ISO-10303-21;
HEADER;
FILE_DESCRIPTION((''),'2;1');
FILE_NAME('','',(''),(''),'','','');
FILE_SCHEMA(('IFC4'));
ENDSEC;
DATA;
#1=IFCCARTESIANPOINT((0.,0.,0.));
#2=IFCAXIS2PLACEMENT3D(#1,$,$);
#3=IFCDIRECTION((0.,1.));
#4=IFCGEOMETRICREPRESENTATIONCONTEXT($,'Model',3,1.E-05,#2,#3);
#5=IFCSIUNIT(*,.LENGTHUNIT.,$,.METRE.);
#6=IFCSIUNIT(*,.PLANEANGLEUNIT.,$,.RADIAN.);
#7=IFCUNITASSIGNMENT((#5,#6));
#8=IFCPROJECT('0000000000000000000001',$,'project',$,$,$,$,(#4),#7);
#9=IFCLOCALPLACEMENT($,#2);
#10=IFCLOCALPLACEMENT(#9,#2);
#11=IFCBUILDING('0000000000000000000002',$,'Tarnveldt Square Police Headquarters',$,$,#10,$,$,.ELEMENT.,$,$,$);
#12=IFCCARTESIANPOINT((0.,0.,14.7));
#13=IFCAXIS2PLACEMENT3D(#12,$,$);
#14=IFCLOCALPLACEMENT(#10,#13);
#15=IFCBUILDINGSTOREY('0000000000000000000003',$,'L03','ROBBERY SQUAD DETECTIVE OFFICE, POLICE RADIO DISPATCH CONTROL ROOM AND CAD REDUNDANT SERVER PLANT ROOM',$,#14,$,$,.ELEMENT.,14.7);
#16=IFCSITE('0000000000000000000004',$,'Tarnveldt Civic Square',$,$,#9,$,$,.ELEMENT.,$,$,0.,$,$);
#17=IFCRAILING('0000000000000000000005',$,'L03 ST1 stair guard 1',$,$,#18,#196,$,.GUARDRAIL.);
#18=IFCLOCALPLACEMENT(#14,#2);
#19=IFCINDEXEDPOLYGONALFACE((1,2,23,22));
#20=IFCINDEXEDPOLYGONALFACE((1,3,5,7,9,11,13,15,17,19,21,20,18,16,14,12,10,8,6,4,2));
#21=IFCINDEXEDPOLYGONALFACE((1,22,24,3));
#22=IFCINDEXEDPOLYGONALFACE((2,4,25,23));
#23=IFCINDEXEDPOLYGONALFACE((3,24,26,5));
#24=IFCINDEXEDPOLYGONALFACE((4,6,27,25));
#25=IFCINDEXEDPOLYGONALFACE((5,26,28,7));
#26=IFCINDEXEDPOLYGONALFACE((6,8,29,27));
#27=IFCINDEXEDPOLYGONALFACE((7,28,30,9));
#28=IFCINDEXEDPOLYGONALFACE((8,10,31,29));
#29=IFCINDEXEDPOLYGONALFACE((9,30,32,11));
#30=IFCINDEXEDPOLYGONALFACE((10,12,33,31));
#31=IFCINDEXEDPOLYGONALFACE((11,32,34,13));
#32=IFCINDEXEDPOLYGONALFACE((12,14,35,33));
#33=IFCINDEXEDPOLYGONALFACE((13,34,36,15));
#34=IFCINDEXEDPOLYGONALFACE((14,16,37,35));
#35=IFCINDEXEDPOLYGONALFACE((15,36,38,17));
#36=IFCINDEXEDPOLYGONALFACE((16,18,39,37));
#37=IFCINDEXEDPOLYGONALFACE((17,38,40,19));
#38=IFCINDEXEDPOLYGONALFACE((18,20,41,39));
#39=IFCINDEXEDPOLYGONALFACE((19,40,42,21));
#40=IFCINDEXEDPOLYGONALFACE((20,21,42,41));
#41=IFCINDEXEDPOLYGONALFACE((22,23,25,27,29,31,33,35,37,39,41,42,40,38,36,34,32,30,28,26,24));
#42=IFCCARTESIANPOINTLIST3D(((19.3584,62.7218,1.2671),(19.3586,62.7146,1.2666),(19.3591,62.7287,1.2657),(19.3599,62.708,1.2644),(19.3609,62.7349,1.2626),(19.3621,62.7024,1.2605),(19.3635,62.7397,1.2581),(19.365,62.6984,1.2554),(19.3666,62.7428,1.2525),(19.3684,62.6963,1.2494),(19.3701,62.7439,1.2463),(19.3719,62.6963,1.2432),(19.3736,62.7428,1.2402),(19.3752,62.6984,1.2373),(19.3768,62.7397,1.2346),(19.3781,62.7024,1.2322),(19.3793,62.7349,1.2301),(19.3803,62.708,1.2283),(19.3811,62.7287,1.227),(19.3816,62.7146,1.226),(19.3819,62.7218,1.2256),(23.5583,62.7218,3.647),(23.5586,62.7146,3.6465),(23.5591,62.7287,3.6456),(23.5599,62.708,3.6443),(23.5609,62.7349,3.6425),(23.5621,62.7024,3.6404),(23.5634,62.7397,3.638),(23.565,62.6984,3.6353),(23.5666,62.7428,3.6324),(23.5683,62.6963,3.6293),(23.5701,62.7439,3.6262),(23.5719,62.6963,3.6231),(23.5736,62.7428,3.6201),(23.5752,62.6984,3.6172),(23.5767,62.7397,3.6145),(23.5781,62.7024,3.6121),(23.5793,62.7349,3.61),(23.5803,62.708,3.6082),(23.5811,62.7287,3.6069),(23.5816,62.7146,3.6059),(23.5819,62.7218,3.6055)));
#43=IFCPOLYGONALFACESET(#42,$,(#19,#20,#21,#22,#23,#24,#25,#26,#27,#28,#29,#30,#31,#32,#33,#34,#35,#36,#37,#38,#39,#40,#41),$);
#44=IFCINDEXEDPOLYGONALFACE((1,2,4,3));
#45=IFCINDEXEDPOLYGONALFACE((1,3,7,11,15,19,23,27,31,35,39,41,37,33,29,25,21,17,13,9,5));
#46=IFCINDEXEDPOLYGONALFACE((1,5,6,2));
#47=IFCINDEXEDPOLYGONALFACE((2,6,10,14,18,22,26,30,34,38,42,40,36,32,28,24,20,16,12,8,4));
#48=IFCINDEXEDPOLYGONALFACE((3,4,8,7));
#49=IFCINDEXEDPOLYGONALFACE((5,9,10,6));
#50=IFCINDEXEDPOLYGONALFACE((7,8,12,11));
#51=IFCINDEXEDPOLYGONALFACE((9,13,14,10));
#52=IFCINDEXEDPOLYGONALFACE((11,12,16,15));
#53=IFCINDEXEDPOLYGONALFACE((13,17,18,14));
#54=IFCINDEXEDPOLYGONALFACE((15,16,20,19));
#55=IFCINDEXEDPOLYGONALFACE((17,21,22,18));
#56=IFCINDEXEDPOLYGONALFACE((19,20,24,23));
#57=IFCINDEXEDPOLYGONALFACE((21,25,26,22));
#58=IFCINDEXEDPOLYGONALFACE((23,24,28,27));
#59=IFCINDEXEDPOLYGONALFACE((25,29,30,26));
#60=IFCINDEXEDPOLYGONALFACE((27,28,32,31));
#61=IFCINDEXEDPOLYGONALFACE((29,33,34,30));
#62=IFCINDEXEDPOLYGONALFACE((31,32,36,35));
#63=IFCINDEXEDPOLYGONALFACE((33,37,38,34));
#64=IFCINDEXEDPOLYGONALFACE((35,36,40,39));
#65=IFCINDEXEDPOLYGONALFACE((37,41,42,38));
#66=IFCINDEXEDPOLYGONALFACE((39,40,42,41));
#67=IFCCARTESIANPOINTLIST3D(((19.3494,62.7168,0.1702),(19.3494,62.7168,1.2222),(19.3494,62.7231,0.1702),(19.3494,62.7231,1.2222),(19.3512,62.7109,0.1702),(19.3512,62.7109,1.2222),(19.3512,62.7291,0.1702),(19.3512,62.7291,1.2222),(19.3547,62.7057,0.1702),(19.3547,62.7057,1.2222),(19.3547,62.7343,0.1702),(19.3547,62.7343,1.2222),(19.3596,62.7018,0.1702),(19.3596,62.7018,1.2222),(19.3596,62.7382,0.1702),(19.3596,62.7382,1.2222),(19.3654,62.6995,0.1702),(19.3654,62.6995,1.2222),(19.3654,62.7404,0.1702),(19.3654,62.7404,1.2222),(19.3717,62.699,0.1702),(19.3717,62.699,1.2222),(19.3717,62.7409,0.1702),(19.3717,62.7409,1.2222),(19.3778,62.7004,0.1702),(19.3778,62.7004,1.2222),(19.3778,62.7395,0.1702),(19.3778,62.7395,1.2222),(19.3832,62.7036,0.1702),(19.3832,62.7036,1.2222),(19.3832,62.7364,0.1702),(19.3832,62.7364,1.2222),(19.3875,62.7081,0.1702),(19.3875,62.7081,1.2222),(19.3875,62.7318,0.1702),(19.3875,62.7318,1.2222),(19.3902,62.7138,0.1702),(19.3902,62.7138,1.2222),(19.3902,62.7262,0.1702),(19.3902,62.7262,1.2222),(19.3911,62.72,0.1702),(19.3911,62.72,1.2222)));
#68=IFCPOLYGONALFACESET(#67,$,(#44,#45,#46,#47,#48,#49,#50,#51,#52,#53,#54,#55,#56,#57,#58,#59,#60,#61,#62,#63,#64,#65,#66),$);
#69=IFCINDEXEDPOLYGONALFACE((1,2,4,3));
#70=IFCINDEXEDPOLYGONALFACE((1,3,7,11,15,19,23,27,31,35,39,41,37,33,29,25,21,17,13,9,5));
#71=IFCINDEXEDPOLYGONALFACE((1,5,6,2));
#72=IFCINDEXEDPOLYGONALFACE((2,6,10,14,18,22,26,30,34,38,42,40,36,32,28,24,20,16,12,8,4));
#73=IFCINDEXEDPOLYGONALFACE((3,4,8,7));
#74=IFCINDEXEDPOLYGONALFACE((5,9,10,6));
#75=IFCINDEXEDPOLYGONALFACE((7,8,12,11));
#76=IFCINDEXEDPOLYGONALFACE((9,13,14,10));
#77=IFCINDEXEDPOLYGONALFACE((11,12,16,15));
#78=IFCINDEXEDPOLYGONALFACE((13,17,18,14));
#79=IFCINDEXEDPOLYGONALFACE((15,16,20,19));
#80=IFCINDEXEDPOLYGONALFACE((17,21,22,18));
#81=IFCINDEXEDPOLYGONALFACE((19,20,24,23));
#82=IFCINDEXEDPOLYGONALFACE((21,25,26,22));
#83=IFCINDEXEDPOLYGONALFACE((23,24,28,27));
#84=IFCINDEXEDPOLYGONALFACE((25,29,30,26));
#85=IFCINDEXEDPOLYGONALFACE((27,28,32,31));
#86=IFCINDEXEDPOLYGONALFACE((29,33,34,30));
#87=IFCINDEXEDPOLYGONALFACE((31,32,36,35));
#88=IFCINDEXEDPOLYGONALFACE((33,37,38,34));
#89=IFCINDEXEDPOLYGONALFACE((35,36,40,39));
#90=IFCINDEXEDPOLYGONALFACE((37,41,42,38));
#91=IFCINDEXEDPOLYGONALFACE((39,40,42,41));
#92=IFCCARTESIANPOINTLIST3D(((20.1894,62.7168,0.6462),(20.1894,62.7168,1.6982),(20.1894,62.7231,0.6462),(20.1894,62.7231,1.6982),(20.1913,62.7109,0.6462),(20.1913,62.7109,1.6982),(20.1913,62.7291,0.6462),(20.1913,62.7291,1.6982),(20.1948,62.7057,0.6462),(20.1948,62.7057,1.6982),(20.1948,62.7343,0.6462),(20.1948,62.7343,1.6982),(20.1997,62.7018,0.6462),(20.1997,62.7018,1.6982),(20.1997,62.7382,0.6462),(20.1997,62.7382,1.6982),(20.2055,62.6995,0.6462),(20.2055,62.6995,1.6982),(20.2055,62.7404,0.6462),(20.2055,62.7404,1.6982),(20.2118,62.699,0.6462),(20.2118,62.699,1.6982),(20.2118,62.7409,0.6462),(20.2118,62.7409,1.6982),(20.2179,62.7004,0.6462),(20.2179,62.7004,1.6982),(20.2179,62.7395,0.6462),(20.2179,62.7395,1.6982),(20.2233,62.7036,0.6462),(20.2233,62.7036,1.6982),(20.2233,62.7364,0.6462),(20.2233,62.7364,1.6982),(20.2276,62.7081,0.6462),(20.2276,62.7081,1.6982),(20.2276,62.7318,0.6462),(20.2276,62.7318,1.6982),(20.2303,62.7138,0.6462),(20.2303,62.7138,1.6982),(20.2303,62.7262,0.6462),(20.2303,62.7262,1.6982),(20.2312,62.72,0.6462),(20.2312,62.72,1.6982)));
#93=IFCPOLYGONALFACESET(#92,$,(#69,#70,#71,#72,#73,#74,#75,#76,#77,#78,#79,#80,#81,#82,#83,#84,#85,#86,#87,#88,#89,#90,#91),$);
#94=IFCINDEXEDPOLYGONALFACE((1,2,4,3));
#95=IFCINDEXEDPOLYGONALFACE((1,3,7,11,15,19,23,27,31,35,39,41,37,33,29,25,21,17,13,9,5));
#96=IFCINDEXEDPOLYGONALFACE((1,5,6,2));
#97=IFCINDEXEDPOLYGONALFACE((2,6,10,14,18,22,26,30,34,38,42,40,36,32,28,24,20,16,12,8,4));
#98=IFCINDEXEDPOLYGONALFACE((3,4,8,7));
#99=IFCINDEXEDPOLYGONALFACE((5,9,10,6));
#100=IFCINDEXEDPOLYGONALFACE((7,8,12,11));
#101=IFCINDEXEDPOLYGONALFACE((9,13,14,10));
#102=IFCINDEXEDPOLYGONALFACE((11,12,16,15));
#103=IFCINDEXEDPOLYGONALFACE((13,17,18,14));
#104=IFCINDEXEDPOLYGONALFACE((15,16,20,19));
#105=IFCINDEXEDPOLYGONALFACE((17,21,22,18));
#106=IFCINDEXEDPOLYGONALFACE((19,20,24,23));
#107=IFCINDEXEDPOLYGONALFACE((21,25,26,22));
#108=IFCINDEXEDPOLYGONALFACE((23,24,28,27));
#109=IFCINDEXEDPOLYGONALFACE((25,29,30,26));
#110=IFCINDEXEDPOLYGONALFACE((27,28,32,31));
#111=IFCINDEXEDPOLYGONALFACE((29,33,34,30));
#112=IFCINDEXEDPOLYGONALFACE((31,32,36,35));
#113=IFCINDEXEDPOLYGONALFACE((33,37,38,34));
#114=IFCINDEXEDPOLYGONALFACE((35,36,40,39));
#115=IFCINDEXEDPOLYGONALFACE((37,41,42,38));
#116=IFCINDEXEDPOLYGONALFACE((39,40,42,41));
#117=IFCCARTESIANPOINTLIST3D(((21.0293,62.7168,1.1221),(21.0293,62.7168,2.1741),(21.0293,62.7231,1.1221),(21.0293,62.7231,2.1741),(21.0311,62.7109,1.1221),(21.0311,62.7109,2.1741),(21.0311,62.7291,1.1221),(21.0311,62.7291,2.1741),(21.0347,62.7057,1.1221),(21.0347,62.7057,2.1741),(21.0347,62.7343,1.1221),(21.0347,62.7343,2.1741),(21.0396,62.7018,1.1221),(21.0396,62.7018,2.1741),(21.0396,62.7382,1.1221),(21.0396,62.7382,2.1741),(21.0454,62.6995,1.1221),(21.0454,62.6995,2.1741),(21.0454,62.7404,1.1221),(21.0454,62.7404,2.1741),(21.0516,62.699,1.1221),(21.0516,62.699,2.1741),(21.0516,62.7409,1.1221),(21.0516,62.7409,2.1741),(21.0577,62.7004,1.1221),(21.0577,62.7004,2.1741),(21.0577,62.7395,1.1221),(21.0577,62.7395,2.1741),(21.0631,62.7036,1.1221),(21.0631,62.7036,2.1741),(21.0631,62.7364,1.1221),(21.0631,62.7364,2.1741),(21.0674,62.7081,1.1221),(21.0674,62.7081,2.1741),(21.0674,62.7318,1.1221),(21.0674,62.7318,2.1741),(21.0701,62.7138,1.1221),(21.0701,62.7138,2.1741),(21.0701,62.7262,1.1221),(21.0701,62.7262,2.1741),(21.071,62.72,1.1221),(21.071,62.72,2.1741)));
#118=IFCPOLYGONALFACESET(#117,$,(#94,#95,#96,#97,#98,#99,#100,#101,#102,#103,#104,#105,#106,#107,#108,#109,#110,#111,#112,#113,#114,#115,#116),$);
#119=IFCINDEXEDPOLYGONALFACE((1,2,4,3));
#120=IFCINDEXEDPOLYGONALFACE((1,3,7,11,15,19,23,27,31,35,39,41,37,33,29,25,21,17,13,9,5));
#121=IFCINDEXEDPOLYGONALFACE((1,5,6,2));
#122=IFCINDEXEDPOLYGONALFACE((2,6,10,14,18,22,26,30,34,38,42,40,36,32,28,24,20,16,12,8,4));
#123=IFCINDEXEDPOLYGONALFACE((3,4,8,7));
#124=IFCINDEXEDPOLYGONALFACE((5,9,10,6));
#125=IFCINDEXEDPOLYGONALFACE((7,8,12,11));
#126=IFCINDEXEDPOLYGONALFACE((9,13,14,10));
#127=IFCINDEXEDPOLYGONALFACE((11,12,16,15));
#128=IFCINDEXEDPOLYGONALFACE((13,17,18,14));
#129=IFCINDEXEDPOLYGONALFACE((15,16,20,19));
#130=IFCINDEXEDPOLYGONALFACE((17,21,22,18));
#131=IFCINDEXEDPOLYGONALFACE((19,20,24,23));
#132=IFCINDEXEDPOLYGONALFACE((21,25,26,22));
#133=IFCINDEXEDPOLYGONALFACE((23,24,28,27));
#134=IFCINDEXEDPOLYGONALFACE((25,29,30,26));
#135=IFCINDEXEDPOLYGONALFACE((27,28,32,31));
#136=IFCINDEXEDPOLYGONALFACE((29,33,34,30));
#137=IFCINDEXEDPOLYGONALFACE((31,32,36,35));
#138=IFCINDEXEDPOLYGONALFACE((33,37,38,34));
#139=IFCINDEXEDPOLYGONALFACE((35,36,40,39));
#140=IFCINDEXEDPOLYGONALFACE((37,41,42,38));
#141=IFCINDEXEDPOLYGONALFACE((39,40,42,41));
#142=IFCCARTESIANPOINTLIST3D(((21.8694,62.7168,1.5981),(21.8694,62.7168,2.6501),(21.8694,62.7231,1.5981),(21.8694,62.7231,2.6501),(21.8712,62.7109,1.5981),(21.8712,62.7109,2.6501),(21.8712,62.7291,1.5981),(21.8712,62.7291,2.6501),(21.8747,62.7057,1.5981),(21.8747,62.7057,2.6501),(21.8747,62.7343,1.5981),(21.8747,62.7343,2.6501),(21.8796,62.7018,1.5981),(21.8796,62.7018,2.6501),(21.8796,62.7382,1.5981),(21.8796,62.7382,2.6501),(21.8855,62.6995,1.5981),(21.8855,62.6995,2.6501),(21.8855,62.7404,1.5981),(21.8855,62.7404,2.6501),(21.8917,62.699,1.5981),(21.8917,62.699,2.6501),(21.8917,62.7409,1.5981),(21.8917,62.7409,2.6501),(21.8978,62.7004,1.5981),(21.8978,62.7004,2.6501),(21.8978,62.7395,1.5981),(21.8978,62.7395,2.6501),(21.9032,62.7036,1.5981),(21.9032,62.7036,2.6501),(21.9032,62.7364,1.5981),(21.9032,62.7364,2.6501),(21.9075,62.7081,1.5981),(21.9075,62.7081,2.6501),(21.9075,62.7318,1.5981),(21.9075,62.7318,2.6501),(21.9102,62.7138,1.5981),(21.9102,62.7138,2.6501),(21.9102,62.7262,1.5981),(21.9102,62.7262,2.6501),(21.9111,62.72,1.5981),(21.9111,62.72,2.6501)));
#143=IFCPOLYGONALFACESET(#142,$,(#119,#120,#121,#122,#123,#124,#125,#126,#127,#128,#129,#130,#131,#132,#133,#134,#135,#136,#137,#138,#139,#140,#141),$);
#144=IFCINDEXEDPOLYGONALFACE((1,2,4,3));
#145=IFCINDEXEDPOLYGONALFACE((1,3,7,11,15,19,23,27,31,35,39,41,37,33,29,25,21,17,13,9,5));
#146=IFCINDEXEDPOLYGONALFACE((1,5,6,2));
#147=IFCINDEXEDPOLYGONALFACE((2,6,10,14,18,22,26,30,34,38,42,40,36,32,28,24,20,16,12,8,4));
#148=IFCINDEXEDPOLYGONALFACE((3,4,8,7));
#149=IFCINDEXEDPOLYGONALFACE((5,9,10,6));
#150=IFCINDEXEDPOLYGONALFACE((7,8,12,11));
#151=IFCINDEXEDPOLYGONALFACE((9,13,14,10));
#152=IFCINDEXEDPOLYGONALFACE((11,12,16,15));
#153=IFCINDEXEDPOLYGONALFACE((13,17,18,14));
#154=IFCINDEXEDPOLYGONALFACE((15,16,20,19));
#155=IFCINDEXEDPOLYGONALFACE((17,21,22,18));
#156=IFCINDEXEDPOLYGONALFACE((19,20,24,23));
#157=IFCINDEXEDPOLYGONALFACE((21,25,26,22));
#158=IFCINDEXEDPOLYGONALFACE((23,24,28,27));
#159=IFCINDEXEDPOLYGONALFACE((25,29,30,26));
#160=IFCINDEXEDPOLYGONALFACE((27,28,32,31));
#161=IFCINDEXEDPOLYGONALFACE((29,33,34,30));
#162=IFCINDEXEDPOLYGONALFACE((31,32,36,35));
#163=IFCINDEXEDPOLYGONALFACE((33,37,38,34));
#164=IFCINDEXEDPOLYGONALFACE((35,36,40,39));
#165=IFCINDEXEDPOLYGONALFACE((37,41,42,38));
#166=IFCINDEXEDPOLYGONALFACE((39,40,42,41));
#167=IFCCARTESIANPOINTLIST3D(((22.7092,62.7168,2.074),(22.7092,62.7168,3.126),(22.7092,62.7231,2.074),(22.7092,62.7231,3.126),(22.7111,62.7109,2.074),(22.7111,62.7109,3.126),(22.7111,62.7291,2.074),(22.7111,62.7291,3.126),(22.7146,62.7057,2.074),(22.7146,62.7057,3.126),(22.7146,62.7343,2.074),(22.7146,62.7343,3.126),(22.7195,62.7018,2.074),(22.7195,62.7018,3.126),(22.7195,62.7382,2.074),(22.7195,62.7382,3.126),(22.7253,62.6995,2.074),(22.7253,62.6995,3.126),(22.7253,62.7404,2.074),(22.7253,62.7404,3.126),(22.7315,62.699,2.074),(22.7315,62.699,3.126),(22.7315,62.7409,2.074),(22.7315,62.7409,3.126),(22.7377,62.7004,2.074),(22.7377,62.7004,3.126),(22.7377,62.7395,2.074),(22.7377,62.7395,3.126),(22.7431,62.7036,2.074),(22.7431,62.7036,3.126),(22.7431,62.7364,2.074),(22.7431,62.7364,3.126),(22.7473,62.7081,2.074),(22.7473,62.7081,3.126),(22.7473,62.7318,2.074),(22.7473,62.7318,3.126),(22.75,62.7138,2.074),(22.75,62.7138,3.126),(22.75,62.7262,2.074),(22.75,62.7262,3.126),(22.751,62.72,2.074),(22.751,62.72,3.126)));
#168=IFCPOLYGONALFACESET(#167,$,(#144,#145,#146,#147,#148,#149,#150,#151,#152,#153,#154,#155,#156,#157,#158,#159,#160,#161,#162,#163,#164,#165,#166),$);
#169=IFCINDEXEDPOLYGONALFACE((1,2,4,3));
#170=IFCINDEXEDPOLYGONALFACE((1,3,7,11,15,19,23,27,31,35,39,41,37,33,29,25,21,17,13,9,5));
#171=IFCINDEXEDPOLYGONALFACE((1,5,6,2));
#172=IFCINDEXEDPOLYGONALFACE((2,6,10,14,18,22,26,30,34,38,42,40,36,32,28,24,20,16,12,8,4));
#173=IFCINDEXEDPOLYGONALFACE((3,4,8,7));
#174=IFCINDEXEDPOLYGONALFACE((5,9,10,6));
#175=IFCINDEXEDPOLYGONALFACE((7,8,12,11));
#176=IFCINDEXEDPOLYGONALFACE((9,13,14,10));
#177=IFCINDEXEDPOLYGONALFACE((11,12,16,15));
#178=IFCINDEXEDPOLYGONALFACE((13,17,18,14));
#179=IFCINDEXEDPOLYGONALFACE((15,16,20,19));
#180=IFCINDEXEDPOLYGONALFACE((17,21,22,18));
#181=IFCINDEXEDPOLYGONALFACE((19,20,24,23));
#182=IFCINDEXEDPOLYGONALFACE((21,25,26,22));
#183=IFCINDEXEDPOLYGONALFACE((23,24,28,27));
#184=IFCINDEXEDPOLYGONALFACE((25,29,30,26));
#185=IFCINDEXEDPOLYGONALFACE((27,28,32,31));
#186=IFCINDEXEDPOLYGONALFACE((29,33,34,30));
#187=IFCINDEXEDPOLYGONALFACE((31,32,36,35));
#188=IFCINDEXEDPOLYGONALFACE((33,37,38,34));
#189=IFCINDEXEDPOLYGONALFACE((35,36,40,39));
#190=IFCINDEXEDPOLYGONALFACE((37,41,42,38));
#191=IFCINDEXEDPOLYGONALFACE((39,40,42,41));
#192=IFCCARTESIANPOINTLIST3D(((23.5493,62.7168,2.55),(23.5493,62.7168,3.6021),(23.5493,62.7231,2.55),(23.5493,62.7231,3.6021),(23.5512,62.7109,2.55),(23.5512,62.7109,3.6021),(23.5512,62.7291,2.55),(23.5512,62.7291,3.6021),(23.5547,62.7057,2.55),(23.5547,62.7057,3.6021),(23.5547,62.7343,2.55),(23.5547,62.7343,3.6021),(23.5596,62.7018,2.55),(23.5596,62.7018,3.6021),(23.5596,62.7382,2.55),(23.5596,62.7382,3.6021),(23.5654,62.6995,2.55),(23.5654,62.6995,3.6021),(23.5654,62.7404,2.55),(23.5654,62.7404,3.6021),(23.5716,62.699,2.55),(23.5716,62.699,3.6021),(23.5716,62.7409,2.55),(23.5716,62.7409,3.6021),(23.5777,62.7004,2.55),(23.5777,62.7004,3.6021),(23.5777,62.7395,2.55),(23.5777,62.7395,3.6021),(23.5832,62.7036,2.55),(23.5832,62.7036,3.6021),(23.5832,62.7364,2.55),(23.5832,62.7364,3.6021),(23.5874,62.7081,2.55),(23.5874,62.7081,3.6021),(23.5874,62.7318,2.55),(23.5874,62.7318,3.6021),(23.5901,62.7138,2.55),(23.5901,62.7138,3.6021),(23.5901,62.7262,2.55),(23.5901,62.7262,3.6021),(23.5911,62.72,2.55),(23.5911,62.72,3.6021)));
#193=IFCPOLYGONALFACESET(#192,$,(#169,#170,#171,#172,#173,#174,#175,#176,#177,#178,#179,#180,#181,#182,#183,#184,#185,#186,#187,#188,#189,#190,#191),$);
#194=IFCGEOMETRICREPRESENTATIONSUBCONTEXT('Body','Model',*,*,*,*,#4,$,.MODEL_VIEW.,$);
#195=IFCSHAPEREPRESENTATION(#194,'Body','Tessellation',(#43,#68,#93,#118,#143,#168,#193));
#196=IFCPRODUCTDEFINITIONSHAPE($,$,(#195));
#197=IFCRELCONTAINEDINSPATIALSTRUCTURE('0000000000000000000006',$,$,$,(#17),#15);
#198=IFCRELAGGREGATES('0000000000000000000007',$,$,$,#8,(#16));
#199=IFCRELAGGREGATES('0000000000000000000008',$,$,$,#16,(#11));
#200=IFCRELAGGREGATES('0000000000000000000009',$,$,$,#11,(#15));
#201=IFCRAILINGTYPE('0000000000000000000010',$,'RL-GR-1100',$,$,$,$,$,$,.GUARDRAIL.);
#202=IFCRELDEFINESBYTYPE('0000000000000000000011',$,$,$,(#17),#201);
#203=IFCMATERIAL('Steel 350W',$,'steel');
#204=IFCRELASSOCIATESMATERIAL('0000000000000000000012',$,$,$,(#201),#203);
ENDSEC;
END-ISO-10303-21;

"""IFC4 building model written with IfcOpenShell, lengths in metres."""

from ifc_helpers import new_model, si_unit, direction, frame, origin, origin_2d, place, context, subcontext, project, spatial, circle, extrude, material, type_object, element, save


model = new_model("IFC4")

# Units and contexts
model_context = context("Model", 3, precision=1e-05, world=origin(), true_north=direction((0.0, 1.0)))
body_context = subcontext(model_context, "Body", "Model", "MODEL_VIEW")
ifc_project = project(units=[si_unit("LENGTHUNIT", "METRE"), si_unit("PLANEANGLEUNIT", "RADIAN")], contexts=[model_context])

# Site, building, storey
site_placement = place(None, origin())
site = spatial("IfcSite", under=ifc_project, at=site_placement, Name="Tarnveldt Civic Square", CompositionType="ELEMENT", RefElevation=0.0)
building_placement = place(site_placement, origin())
building = spatial("IfcBuilding", under=site, at=building_placement, Name="Tarnveldt Square Police Headquarters", CompositionType="ELEMENT")
storey_placement = place(building_placement, frame((0.0, 0.0, 14.7)))
storey = spatial("IfcBuildingStorey", under=building, at=storey_placement, Name="L03", Description="ROBBERY SQUAD DETECTIVE OFFICE, POLICE RADIO DISPATCH CONTROL ROOM AND CAD REDUNDANT SERVER PLANT ROOM", CompositionType="ELEMENT", Elevation=14.7)

# Shared definitions
ifc_material_1 = material(Name="Steel 350W", Category="steel")

# Railing
railing_type_1 = type_object("IfcRailingType", Name="RL-GR-1100", PredefinedType="GUARDRAIL", material=ifc_material_1)
railing_1_placement = place(storey_placement, frame((19.3701, 62.72, 0.1702)))
element("IfcRailing", 1, at=railing_1_placement, inside=storey, type_object=railing_type_1, Name="L03 ST1 stair guard 1", PredefinedType="GUARDRAIL", context=body_context, shape_type="SweptSolid", body=[
    extrude(circle(Radius=0.0239, at=origin_2d()), frame((0.0, 0.0, 1.0762), z_axis=(0.87003, 0.0, 0.492999), x_axis=(0.0, 1.0, 0.0)), (0.0, 0.0, 1.0), 4.8274),
    extrude(circle(Radius=0.021, at=origin_2d()), origin(), (0.0, 0.0, 1.0), 1.052),
    extrude(circle(Radius=0.021, at=origin_2d()), frame((0.8401, 0.0, 0.4761)), (0.0, 0.0, 1.0), 1.052),
    extrude(circle(Radius=0.021, at=origin_2d()), frame((1.6799, 0.0, 0.9519)), (0.0, 0.0, 1.0), 1.052),
    extrude(circle(Radius=0.021, at=origin_2d()), frame((2.52, 0.0, 1.428)), (0.0, 0.0, 1.0), 1.052),
    extrude(circle(Radius=0.021, at=origin_2d()), frame((3.3599, 0.0, 1.9038)), (0.0, 0.0, 1.0), 1.052),
    extrude(circle(Radius=0.021, at=origin_2d()), frame((4.2, 0.0, 2.3799)), (0.0, 0.0, 1.0), 1.052),
])

save(model, "model.ifc")
